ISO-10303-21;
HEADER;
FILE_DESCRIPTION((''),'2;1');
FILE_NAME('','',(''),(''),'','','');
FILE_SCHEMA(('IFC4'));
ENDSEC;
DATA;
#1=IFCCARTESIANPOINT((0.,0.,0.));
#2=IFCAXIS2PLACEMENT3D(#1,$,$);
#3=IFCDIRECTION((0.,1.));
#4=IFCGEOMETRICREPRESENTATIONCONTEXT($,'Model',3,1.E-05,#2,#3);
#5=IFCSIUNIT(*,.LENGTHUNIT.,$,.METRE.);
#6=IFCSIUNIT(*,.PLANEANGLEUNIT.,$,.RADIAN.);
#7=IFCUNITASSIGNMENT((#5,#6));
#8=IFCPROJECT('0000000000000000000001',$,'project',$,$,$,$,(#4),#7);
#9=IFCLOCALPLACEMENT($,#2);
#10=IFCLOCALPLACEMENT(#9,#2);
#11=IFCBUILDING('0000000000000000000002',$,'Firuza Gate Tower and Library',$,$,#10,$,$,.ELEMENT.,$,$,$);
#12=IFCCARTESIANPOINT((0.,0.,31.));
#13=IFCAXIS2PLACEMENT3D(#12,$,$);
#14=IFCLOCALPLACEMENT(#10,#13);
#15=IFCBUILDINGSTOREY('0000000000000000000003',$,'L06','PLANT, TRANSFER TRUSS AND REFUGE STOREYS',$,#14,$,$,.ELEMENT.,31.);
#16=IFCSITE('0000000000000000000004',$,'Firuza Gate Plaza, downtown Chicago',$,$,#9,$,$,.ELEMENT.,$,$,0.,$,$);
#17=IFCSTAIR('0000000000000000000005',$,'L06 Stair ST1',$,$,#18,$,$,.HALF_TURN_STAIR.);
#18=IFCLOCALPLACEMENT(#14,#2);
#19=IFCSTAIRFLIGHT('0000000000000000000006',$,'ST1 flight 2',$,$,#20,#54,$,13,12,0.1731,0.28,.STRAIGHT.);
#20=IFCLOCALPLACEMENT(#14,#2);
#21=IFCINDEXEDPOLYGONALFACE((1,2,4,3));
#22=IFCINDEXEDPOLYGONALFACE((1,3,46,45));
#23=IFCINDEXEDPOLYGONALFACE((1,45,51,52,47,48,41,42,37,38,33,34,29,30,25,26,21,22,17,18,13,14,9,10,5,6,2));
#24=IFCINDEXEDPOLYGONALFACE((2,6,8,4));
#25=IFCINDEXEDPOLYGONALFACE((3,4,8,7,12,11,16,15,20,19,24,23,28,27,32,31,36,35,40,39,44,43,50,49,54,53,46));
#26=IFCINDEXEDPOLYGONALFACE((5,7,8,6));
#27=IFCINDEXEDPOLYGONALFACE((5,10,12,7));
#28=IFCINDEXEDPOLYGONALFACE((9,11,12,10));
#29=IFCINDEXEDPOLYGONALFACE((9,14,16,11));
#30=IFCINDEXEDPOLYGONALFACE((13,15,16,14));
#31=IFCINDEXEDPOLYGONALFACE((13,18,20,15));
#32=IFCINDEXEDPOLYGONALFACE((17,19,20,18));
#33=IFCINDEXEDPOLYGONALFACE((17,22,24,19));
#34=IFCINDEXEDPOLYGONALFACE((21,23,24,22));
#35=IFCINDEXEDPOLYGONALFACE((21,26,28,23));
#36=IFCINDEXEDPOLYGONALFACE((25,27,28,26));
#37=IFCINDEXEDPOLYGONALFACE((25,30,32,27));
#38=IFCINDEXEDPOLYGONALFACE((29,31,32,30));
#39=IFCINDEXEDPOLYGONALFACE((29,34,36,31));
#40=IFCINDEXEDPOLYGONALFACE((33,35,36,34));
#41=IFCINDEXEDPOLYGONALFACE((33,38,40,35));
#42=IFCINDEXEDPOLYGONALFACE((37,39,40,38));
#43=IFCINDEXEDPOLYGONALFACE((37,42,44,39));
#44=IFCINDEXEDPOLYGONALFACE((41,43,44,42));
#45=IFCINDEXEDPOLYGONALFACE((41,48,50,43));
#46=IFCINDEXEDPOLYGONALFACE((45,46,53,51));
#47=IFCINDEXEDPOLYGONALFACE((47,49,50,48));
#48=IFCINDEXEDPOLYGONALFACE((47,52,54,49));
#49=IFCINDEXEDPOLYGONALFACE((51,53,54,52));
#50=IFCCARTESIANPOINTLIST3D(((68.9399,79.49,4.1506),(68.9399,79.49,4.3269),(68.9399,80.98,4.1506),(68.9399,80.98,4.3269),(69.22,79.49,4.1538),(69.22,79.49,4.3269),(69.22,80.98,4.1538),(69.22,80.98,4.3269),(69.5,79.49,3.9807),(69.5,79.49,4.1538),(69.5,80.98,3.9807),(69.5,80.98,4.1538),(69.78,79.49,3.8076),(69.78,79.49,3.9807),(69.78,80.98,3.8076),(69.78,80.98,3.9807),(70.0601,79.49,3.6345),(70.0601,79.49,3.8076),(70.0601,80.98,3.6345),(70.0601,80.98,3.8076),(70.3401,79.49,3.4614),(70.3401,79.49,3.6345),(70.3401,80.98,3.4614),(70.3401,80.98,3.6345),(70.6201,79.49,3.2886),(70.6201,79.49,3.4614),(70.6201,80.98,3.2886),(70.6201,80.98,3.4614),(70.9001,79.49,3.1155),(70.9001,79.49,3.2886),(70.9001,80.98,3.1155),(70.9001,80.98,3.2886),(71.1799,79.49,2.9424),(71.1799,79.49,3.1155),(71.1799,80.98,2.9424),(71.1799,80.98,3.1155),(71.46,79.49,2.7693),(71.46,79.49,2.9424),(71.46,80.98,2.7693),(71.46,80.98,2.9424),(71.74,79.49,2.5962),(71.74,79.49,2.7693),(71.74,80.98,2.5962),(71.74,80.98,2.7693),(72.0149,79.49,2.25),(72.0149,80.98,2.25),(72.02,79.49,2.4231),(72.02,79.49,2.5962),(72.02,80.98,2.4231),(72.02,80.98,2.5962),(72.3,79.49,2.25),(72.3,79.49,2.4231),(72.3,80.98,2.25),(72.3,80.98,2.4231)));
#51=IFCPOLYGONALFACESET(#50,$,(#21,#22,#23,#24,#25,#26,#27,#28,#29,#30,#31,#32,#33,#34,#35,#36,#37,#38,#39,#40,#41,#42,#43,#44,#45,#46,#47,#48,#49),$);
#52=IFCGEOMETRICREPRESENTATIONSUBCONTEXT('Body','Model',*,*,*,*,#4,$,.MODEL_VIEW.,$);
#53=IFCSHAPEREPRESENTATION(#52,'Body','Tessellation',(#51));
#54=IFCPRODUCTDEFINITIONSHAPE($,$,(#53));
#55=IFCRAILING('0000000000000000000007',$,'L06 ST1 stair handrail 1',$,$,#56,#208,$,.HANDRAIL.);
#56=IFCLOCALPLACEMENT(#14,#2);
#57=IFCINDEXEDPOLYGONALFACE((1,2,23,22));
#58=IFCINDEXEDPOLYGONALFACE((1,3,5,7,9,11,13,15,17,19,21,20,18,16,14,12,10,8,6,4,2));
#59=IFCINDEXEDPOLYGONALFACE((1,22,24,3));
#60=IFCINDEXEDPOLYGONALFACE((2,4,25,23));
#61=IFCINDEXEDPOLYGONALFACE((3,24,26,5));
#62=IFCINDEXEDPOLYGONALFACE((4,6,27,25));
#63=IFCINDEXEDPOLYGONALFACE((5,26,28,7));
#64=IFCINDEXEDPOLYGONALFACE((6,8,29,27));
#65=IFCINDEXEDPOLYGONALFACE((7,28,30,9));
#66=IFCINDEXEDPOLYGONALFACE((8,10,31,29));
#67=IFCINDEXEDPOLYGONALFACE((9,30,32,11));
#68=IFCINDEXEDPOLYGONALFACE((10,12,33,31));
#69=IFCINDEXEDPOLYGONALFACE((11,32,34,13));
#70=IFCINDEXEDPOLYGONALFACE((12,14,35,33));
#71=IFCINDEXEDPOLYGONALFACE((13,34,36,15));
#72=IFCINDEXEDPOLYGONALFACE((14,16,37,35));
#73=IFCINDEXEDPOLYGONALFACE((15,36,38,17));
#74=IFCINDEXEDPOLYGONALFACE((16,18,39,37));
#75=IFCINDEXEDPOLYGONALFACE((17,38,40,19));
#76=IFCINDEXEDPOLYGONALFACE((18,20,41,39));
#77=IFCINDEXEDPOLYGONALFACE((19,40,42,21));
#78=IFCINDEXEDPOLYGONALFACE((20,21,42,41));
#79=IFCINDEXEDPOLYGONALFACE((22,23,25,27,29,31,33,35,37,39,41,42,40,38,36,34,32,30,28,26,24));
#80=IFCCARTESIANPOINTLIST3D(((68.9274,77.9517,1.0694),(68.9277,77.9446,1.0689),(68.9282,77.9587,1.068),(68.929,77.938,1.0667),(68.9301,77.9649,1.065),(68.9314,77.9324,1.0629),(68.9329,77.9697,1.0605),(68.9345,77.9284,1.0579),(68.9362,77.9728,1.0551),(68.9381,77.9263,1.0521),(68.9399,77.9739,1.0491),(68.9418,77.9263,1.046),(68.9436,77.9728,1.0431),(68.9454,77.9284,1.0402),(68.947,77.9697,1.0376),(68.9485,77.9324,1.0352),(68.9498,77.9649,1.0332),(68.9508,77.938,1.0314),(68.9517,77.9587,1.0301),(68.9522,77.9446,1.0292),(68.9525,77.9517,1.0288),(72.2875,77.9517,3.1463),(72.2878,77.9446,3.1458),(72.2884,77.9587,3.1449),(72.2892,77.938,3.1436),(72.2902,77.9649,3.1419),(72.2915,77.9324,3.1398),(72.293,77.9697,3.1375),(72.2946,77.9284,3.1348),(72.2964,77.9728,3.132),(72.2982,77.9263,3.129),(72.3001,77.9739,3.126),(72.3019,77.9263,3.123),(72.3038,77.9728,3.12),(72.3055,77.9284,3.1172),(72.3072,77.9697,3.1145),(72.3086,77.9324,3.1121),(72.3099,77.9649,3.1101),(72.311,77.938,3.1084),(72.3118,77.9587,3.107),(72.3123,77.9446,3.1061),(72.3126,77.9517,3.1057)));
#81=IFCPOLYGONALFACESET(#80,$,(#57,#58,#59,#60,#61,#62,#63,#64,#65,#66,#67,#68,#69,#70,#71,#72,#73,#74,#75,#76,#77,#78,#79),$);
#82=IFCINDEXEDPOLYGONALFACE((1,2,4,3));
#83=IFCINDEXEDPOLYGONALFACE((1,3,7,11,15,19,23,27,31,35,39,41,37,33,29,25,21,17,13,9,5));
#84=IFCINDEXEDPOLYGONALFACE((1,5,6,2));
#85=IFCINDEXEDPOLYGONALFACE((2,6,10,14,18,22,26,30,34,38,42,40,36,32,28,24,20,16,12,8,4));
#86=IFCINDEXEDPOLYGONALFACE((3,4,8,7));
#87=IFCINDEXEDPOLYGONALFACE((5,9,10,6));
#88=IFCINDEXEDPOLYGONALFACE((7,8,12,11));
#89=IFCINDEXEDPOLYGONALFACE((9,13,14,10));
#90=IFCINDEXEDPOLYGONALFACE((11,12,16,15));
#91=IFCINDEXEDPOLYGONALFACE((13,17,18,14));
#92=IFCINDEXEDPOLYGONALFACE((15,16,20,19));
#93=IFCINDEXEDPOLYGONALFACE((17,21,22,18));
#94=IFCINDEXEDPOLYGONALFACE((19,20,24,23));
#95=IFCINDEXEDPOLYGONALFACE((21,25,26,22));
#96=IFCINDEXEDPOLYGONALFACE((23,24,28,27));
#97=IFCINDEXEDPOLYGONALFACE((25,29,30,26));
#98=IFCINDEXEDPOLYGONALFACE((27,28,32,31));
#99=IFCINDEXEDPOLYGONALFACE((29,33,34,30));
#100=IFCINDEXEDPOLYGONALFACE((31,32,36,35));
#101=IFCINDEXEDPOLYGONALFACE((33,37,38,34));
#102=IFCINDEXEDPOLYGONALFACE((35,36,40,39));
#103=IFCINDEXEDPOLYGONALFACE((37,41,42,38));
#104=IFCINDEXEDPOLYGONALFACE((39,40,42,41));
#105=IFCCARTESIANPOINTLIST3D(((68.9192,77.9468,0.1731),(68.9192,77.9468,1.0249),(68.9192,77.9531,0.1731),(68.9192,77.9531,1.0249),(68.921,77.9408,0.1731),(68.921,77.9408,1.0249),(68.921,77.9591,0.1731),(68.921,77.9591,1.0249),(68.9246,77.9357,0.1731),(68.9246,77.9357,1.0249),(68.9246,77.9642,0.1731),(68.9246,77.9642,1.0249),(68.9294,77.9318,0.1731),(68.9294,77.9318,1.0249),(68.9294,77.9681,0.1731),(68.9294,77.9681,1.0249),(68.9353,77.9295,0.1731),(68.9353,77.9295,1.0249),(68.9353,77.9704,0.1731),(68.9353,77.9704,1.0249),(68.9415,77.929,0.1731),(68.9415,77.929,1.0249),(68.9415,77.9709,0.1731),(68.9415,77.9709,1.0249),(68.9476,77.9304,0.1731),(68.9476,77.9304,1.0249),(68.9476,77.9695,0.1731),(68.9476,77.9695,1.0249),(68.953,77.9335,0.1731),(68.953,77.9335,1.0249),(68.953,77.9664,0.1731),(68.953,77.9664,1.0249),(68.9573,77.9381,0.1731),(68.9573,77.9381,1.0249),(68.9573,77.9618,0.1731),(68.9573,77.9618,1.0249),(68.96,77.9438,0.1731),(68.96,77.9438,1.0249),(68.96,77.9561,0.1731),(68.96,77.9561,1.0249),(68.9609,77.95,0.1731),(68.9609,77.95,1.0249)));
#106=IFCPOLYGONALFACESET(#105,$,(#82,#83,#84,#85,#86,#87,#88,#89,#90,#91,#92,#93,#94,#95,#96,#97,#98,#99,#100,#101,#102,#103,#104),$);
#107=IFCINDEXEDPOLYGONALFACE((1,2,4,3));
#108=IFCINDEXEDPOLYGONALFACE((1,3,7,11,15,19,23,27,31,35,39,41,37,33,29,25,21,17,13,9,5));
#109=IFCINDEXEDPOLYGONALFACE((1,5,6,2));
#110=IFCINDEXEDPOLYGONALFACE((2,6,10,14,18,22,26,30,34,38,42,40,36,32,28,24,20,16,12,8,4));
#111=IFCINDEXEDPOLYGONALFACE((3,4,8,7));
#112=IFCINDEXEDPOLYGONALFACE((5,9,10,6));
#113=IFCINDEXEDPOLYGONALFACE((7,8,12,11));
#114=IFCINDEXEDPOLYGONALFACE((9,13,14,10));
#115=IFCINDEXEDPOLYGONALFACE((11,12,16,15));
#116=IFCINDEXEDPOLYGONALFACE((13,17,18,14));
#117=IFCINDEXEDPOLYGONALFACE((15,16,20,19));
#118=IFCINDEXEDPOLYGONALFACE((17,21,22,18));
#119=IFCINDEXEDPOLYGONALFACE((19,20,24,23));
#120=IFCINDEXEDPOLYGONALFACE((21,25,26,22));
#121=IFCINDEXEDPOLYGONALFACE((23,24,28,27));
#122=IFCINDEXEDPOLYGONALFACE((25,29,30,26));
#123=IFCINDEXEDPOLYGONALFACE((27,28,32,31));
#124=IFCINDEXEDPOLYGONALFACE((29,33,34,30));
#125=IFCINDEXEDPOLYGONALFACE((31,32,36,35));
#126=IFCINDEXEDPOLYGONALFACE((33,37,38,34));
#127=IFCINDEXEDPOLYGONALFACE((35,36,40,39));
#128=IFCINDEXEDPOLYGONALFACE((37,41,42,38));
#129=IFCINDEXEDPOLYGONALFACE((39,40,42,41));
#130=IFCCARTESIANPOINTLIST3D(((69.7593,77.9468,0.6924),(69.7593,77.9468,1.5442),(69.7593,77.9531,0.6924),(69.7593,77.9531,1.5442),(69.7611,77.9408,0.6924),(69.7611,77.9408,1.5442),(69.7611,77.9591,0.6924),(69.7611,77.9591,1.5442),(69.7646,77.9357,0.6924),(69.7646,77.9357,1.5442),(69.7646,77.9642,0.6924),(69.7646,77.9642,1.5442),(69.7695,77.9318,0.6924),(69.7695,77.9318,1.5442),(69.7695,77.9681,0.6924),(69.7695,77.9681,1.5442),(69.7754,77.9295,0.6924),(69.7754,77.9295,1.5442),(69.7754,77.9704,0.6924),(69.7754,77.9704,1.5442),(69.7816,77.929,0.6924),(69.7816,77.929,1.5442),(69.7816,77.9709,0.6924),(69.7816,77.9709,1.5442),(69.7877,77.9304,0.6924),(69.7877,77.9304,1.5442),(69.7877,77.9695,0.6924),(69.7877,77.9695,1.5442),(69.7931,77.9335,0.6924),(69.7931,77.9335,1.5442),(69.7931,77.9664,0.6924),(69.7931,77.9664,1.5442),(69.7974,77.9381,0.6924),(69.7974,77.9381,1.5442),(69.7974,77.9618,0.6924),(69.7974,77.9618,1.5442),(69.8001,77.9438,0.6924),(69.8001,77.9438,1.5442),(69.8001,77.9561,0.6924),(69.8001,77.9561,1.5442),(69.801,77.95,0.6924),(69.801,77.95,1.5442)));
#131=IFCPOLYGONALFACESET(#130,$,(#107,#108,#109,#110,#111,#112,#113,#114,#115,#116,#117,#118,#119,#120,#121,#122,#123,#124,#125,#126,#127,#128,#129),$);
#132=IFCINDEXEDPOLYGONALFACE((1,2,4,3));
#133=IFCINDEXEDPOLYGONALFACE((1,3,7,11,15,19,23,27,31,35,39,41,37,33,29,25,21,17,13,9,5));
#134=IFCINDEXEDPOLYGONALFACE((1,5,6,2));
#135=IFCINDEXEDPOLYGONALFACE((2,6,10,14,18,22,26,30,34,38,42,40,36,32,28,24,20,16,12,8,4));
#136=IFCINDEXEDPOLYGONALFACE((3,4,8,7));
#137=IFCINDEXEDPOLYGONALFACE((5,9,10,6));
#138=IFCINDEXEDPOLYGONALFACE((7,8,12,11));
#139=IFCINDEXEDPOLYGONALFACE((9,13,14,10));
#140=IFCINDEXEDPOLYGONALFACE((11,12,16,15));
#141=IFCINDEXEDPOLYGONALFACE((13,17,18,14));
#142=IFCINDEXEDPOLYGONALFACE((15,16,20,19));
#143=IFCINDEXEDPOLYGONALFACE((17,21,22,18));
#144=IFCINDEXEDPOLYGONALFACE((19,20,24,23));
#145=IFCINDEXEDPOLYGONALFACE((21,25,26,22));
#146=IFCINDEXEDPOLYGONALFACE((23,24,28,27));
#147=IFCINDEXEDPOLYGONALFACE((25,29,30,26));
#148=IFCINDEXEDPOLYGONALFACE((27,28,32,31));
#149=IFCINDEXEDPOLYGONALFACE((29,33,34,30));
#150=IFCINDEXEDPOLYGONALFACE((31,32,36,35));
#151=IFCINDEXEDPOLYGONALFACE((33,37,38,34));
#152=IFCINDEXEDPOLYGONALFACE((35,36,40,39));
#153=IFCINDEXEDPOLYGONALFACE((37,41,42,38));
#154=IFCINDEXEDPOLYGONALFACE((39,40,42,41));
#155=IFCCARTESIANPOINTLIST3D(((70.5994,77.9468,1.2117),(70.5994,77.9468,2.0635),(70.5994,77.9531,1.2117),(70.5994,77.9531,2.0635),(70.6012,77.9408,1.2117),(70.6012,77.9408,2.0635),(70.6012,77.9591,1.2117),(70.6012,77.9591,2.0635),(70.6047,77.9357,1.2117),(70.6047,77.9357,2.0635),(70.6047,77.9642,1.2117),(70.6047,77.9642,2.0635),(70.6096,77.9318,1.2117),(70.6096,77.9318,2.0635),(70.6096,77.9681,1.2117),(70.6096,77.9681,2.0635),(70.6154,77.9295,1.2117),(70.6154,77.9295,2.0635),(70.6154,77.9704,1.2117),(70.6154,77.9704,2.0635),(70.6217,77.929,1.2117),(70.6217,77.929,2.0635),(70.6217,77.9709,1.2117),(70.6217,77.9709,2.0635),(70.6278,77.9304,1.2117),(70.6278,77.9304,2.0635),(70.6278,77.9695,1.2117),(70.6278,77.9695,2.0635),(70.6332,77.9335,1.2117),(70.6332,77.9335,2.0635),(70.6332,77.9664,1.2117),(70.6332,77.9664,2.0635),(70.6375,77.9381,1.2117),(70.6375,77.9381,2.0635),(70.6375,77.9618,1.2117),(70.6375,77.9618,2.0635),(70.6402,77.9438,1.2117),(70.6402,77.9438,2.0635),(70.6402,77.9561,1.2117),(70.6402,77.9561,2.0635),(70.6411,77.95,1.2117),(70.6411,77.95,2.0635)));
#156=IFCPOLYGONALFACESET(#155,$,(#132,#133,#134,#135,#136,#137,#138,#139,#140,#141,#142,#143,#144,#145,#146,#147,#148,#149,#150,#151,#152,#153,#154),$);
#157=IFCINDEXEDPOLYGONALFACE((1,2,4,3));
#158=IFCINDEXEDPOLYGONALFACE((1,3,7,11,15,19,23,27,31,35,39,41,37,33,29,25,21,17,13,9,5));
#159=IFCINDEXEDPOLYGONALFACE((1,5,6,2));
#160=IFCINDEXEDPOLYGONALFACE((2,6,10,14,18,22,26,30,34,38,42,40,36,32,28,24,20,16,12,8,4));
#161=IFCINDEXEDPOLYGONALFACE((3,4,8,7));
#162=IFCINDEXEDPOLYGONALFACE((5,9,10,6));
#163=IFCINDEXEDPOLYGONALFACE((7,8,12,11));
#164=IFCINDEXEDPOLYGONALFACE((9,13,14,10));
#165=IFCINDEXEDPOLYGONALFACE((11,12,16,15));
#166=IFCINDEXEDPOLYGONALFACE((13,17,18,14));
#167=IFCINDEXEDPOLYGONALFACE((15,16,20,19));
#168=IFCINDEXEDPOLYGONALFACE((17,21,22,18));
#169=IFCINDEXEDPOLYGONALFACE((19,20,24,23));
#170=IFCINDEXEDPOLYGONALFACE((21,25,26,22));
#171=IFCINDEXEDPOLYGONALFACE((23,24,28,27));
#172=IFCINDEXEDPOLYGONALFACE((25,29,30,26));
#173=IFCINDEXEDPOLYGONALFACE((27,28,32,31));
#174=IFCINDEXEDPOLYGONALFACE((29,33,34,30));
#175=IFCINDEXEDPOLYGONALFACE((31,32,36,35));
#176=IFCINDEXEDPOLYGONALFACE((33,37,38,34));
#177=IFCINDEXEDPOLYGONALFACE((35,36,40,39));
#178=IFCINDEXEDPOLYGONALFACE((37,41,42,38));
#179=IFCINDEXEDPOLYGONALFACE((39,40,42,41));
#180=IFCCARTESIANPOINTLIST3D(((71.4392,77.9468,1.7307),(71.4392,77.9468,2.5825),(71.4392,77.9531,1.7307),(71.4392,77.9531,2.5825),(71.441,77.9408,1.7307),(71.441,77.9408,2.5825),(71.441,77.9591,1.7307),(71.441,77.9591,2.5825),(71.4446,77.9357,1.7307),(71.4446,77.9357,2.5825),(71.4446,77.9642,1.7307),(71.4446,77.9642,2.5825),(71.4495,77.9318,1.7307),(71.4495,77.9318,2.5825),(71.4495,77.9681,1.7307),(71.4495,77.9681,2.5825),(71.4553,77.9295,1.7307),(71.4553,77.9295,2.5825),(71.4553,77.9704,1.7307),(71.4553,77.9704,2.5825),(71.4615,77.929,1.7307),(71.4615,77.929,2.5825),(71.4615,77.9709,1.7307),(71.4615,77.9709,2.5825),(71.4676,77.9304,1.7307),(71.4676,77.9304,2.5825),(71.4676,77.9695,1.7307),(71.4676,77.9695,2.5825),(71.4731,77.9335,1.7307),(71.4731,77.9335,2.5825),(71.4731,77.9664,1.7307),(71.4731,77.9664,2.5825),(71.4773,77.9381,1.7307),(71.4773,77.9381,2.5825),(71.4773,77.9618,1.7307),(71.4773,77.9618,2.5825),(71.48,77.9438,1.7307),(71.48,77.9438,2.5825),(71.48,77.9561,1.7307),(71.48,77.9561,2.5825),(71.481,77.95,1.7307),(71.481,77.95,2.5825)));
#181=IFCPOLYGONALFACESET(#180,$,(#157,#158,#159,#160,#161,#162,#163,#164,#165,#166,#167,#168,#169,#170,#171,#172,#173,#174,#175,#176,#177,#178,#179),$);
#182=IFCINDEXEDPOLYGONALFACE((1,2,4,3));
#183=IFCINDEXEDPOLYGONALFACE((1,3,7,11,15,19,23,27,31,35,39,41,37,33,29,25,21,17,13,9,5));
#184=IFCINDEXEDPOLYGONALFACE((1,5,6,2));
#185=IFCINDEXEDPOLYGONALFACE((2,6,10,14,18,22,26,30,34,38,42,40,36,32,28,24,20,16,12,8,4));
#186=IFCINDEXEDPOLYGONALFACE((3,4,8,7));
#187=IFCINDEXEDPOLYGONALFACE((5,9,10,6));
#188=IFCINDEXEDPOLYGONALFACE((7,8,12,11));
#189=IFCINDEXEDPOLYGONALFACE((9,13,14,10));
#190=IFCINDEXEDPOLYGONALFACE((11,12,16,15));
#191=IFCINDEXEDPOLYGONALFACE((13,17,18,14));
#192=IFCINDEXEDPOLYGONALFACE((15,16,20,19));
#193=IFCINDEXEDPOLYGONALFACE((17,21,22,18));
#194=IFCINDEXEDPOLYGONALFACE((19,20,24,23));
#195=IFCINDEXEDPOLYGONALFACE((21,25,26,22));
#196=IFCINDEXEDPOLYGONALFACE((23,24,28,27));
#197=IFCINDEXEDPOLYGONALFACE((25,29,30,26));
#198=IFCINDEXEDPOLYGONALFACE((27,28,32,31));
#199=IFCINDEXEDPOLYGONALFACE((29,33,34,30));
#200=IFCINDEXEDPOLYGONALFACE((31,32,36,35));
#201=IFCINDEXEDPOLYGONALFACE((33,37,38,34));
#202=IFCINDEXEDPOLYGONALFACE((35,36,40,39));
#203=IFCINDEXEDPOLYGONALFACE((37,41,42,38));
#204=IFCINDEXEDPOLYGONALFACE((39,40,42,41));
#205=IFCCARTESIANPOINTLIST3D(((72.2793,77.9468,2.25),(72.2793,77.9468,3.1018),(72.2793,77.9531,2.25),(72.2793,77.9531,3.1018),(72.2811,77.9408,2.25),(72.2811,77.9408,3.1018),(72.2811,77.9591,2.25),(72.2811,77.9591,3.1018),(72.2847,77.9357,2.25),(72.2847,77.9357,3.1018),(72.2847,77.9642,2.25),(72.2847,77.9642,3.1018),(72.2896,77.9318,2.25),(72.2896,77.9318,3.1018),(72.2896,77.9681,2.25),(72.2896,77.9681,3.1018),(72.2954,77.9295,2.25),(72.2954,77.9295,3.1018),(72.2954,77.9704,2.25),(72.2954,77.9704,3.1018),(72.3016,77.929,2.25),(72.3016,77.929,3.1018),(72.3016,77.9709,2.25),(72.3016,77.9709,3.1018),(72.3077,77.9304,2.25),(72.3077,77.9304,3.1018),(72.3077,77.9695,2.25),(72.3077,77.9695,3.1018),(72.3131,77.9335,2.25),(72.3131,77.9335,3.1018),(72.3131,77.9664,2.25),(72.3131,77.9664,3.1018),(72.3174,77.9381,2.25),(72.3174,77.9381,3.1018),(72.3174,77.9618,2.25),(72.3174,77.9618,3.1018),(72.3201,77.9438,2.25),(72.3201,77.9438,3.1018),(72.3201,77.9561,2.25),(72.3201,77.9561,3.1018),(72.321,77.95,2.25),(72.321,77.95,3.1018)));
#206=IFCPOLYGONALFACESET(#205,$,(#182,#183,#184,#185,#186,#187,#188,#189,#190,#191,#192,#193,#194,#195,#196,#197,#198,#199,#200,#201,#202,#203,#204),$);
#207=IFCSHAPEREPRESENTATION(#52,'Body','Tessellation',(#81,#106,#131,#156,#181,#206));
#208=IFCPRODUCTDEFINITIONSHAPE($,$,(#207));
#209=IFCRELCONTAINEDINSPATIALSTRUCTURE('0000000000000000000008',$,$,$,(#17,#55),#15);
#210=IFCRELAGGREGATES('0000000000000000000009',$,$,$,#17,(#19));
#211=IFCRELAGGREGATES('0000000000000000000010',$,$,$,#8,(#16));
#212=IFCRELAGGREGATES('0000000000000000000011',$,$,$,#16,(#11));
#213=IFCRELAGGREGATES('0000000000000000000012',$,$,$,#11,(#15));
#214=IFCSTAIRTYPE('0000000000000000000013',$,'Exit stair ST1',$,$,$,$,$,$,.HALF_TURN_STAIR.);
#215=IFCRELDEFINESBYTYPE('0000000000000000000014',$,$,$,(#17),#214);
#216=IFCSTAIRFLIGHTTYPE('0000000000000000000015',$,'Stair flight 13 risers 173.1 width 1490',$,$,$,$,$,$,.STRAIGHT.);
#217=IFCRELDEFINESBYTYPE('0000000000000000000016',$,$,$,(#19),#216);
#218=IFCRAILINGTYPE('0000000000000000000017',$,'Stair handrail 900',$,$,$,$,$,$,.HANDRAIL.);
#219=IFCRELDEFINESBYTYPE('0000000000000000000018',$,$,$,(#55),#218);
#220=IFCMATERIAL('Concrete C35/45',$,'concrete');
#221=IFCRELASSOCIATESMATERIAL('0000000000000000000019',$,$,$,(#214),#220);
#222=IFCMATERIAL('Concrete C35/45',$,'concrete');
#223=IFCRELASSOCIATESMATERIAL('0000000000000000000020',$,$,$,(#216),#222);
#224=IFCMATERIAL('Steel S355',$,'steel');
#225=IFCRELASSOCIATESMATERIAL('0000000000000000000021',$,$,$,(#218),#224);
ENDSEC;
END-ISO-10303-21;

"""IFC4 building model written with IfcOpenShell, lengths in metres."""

from ifc_helpers import new_model, si_unit, direction, frame, origin, origin_2d, place, context, subcontext, project, spatial, polyline, circle, outline, extrude, material, type_object, element, aggregate, save


model = new_model("IFC4")

# Units and contexts
model_context = context("Model", 3, precision=1e-05, world=origin(), true_north=direction((0.0, 1.0)))
body_context = subcontext(model_context, "Body", "Model", "MODEL_VIEW")
ifc_project = project(units=[si_unit("LENGTHUNIT", "METRE"), si_unit("PLANEANGLEUNIT", "RADIAN")], contexts=[model_context])

# Site, building, storey
site_placement = place(None, origin())
site = spatial("IfcSite", under=ifc_project, at=site_placement, Name="Firuza Gate Plaza, downtown Chicago", CompositionType="ELEMENT", RefElevation=0.0)
building_placement = place(site_placement, origin())
building = spatial("IfcBuilding", under=site, at=building_placement, Name="Firuza Gate Tower and Library", CompositionType="ELEMENT")
storey_placement = place(building_placement, frame((0.0, 0.0, 31.0)))
storey = spatial("IfcBuildingStorey", under=building, at=storey_placement, Name="L06", Description="PLANT, TRANSFER TRUSS AND REFUGE STOREYS", CompositionType="ELEMENT", Elevation=31.0)

# Stair, stair flight
ifc_material_1 = material(Name="Concrete C35/45", Category="concrete")
stair_type = type_object("IfcStairType", Name="Exit stair ST1", PredefinedType="HALF_TURN_STAIR", material=ifc_material_1)
stair_placement = place(storey_placement, origin())
stair = element("IfcStair", 1, at=stair_placement, inside=storey, type_object=stair_type, Name="L06 Stair ST1", PredefinedType="HALF_TURN_STAIR")
ifc_material_2 = material(Name="Concrete C35/45", Category="concrete")
stair_flight_type = type_object("IfcStairFlightType", Name="Stair flight 13 risers 173.1 width 1490", PredefinedType="STRAIGHT", material=ifc_material_2)
stair_flight_1_placement = place(storey_placement, frame((72.3, 80.2351, 2.25), z_axis=(0.0, 0.0, 1.0), x_axis=(-1.0, 0.0, 0.0)))
stair_flight_1 = element("IfcStairFlight", 2, at=stair_flight_1_placement, type_object=stair_flight_type, Name="ST1 flight 2", NumberOfRisers=13, NumberOfTreads=12, PredefinedType="STRAIGHT", RiserHeight=0.1731, TreadLength=0.28, context=body_context, shape_type="SweptSolid", body=[
    extrude(outline(polyline([(0.0, 0.0), (0.0, 0.1731), (0.28, 0.1731), (0.28, 0.3462), (0.5601, 0.3462), (0.5601, 0.5193), (0.8401, 0.5193), (0.8401, 0.6924), (1.1201, 0.6924), (1.1201, 0.8655), (1.3999, 0.8655), (1.3999, 1.0386), (1.6799, 1.0386), (1.6799, 1.2114), (1.96, 1.2114), (1.96, 1.3845), (2.24, 1.3845), (2.24, 1.5576), (2.52, 1.5576), (2.52, 1.7307), (2.8, 1.7307), (2.8, 1.9038), (3.0801, 1.9038), (3.0801, 2.0769), (3.3601, 2.0769), (3.3601, 2.25), (3.3601, 1.9006), (0.2852, 0.0), (0.0, 0.0)])), frame((0.0, 0.7451, 0.0), z_axis=(0.0, -1.0, 0.0), x_axis=(1.0, 0.0, 0.0)), (0.0, 0.0, 1.0), 1.49),
])
aggregate(stair, [stair_flight_1])

# Railing
ifc_material_3 = material(Name="Steel S355", Category="steel")
railing_type_1 = type_object("IfcRailingType", Name="Stair handrail 900", PredefinedType="HANDRAIL", material=ifc_material_3)
railing_1_placement = place(storey_placement, frame((68.9399, 77.95, 0.1731)))
element("IfcRailing", 3, at=railing_1_placement, inside=storey, type_object=railing_type_1, Name="L06 ST1 stair handrail 1", PredefinedType="HANDRAIL", context=body_context, shape_type="SweptSolid", body=[
    extrude(circle(Radius=0.0239, at=origin_2d()), frame((0.0, 0.0, 0.876), z_axis=(0.850623, 0.0, 0.525776), x_axis=(0.0, 1.0, 0.0)), (0.0, 0.0, 1.0), 3.9502),
    extrude(circle(Radius=0.021, at=origin_2d()), origin(), (0.0, 0.0, 1.0), 0.8518),
    extrude(circle(Radius=0.021, at=origin_2d()), frame((0.8401, 0.0, 0.5193)), (0.0, 0.0, 1.0), 0.8518),
    extrude(circle(Radius=0.021, at=origin_2d()), frame((1.6802, 0.0, 1.0386)), (0.0, 0.0, 1.0), 0.8518),
    extrude(circle(Radius=0.021, at=origin_2d()), frame((2.52, 0.0, 1.5576)), (0.0, 0.0, 1.0), 0.8518),
    extrude(circle(Radius=0.021, at=origin_2d()), frame((3.3601, 0.0, 2.0769)), (0.0, 0.0, 1.0), 0.8518),
])

save(model, "model.ifc")
